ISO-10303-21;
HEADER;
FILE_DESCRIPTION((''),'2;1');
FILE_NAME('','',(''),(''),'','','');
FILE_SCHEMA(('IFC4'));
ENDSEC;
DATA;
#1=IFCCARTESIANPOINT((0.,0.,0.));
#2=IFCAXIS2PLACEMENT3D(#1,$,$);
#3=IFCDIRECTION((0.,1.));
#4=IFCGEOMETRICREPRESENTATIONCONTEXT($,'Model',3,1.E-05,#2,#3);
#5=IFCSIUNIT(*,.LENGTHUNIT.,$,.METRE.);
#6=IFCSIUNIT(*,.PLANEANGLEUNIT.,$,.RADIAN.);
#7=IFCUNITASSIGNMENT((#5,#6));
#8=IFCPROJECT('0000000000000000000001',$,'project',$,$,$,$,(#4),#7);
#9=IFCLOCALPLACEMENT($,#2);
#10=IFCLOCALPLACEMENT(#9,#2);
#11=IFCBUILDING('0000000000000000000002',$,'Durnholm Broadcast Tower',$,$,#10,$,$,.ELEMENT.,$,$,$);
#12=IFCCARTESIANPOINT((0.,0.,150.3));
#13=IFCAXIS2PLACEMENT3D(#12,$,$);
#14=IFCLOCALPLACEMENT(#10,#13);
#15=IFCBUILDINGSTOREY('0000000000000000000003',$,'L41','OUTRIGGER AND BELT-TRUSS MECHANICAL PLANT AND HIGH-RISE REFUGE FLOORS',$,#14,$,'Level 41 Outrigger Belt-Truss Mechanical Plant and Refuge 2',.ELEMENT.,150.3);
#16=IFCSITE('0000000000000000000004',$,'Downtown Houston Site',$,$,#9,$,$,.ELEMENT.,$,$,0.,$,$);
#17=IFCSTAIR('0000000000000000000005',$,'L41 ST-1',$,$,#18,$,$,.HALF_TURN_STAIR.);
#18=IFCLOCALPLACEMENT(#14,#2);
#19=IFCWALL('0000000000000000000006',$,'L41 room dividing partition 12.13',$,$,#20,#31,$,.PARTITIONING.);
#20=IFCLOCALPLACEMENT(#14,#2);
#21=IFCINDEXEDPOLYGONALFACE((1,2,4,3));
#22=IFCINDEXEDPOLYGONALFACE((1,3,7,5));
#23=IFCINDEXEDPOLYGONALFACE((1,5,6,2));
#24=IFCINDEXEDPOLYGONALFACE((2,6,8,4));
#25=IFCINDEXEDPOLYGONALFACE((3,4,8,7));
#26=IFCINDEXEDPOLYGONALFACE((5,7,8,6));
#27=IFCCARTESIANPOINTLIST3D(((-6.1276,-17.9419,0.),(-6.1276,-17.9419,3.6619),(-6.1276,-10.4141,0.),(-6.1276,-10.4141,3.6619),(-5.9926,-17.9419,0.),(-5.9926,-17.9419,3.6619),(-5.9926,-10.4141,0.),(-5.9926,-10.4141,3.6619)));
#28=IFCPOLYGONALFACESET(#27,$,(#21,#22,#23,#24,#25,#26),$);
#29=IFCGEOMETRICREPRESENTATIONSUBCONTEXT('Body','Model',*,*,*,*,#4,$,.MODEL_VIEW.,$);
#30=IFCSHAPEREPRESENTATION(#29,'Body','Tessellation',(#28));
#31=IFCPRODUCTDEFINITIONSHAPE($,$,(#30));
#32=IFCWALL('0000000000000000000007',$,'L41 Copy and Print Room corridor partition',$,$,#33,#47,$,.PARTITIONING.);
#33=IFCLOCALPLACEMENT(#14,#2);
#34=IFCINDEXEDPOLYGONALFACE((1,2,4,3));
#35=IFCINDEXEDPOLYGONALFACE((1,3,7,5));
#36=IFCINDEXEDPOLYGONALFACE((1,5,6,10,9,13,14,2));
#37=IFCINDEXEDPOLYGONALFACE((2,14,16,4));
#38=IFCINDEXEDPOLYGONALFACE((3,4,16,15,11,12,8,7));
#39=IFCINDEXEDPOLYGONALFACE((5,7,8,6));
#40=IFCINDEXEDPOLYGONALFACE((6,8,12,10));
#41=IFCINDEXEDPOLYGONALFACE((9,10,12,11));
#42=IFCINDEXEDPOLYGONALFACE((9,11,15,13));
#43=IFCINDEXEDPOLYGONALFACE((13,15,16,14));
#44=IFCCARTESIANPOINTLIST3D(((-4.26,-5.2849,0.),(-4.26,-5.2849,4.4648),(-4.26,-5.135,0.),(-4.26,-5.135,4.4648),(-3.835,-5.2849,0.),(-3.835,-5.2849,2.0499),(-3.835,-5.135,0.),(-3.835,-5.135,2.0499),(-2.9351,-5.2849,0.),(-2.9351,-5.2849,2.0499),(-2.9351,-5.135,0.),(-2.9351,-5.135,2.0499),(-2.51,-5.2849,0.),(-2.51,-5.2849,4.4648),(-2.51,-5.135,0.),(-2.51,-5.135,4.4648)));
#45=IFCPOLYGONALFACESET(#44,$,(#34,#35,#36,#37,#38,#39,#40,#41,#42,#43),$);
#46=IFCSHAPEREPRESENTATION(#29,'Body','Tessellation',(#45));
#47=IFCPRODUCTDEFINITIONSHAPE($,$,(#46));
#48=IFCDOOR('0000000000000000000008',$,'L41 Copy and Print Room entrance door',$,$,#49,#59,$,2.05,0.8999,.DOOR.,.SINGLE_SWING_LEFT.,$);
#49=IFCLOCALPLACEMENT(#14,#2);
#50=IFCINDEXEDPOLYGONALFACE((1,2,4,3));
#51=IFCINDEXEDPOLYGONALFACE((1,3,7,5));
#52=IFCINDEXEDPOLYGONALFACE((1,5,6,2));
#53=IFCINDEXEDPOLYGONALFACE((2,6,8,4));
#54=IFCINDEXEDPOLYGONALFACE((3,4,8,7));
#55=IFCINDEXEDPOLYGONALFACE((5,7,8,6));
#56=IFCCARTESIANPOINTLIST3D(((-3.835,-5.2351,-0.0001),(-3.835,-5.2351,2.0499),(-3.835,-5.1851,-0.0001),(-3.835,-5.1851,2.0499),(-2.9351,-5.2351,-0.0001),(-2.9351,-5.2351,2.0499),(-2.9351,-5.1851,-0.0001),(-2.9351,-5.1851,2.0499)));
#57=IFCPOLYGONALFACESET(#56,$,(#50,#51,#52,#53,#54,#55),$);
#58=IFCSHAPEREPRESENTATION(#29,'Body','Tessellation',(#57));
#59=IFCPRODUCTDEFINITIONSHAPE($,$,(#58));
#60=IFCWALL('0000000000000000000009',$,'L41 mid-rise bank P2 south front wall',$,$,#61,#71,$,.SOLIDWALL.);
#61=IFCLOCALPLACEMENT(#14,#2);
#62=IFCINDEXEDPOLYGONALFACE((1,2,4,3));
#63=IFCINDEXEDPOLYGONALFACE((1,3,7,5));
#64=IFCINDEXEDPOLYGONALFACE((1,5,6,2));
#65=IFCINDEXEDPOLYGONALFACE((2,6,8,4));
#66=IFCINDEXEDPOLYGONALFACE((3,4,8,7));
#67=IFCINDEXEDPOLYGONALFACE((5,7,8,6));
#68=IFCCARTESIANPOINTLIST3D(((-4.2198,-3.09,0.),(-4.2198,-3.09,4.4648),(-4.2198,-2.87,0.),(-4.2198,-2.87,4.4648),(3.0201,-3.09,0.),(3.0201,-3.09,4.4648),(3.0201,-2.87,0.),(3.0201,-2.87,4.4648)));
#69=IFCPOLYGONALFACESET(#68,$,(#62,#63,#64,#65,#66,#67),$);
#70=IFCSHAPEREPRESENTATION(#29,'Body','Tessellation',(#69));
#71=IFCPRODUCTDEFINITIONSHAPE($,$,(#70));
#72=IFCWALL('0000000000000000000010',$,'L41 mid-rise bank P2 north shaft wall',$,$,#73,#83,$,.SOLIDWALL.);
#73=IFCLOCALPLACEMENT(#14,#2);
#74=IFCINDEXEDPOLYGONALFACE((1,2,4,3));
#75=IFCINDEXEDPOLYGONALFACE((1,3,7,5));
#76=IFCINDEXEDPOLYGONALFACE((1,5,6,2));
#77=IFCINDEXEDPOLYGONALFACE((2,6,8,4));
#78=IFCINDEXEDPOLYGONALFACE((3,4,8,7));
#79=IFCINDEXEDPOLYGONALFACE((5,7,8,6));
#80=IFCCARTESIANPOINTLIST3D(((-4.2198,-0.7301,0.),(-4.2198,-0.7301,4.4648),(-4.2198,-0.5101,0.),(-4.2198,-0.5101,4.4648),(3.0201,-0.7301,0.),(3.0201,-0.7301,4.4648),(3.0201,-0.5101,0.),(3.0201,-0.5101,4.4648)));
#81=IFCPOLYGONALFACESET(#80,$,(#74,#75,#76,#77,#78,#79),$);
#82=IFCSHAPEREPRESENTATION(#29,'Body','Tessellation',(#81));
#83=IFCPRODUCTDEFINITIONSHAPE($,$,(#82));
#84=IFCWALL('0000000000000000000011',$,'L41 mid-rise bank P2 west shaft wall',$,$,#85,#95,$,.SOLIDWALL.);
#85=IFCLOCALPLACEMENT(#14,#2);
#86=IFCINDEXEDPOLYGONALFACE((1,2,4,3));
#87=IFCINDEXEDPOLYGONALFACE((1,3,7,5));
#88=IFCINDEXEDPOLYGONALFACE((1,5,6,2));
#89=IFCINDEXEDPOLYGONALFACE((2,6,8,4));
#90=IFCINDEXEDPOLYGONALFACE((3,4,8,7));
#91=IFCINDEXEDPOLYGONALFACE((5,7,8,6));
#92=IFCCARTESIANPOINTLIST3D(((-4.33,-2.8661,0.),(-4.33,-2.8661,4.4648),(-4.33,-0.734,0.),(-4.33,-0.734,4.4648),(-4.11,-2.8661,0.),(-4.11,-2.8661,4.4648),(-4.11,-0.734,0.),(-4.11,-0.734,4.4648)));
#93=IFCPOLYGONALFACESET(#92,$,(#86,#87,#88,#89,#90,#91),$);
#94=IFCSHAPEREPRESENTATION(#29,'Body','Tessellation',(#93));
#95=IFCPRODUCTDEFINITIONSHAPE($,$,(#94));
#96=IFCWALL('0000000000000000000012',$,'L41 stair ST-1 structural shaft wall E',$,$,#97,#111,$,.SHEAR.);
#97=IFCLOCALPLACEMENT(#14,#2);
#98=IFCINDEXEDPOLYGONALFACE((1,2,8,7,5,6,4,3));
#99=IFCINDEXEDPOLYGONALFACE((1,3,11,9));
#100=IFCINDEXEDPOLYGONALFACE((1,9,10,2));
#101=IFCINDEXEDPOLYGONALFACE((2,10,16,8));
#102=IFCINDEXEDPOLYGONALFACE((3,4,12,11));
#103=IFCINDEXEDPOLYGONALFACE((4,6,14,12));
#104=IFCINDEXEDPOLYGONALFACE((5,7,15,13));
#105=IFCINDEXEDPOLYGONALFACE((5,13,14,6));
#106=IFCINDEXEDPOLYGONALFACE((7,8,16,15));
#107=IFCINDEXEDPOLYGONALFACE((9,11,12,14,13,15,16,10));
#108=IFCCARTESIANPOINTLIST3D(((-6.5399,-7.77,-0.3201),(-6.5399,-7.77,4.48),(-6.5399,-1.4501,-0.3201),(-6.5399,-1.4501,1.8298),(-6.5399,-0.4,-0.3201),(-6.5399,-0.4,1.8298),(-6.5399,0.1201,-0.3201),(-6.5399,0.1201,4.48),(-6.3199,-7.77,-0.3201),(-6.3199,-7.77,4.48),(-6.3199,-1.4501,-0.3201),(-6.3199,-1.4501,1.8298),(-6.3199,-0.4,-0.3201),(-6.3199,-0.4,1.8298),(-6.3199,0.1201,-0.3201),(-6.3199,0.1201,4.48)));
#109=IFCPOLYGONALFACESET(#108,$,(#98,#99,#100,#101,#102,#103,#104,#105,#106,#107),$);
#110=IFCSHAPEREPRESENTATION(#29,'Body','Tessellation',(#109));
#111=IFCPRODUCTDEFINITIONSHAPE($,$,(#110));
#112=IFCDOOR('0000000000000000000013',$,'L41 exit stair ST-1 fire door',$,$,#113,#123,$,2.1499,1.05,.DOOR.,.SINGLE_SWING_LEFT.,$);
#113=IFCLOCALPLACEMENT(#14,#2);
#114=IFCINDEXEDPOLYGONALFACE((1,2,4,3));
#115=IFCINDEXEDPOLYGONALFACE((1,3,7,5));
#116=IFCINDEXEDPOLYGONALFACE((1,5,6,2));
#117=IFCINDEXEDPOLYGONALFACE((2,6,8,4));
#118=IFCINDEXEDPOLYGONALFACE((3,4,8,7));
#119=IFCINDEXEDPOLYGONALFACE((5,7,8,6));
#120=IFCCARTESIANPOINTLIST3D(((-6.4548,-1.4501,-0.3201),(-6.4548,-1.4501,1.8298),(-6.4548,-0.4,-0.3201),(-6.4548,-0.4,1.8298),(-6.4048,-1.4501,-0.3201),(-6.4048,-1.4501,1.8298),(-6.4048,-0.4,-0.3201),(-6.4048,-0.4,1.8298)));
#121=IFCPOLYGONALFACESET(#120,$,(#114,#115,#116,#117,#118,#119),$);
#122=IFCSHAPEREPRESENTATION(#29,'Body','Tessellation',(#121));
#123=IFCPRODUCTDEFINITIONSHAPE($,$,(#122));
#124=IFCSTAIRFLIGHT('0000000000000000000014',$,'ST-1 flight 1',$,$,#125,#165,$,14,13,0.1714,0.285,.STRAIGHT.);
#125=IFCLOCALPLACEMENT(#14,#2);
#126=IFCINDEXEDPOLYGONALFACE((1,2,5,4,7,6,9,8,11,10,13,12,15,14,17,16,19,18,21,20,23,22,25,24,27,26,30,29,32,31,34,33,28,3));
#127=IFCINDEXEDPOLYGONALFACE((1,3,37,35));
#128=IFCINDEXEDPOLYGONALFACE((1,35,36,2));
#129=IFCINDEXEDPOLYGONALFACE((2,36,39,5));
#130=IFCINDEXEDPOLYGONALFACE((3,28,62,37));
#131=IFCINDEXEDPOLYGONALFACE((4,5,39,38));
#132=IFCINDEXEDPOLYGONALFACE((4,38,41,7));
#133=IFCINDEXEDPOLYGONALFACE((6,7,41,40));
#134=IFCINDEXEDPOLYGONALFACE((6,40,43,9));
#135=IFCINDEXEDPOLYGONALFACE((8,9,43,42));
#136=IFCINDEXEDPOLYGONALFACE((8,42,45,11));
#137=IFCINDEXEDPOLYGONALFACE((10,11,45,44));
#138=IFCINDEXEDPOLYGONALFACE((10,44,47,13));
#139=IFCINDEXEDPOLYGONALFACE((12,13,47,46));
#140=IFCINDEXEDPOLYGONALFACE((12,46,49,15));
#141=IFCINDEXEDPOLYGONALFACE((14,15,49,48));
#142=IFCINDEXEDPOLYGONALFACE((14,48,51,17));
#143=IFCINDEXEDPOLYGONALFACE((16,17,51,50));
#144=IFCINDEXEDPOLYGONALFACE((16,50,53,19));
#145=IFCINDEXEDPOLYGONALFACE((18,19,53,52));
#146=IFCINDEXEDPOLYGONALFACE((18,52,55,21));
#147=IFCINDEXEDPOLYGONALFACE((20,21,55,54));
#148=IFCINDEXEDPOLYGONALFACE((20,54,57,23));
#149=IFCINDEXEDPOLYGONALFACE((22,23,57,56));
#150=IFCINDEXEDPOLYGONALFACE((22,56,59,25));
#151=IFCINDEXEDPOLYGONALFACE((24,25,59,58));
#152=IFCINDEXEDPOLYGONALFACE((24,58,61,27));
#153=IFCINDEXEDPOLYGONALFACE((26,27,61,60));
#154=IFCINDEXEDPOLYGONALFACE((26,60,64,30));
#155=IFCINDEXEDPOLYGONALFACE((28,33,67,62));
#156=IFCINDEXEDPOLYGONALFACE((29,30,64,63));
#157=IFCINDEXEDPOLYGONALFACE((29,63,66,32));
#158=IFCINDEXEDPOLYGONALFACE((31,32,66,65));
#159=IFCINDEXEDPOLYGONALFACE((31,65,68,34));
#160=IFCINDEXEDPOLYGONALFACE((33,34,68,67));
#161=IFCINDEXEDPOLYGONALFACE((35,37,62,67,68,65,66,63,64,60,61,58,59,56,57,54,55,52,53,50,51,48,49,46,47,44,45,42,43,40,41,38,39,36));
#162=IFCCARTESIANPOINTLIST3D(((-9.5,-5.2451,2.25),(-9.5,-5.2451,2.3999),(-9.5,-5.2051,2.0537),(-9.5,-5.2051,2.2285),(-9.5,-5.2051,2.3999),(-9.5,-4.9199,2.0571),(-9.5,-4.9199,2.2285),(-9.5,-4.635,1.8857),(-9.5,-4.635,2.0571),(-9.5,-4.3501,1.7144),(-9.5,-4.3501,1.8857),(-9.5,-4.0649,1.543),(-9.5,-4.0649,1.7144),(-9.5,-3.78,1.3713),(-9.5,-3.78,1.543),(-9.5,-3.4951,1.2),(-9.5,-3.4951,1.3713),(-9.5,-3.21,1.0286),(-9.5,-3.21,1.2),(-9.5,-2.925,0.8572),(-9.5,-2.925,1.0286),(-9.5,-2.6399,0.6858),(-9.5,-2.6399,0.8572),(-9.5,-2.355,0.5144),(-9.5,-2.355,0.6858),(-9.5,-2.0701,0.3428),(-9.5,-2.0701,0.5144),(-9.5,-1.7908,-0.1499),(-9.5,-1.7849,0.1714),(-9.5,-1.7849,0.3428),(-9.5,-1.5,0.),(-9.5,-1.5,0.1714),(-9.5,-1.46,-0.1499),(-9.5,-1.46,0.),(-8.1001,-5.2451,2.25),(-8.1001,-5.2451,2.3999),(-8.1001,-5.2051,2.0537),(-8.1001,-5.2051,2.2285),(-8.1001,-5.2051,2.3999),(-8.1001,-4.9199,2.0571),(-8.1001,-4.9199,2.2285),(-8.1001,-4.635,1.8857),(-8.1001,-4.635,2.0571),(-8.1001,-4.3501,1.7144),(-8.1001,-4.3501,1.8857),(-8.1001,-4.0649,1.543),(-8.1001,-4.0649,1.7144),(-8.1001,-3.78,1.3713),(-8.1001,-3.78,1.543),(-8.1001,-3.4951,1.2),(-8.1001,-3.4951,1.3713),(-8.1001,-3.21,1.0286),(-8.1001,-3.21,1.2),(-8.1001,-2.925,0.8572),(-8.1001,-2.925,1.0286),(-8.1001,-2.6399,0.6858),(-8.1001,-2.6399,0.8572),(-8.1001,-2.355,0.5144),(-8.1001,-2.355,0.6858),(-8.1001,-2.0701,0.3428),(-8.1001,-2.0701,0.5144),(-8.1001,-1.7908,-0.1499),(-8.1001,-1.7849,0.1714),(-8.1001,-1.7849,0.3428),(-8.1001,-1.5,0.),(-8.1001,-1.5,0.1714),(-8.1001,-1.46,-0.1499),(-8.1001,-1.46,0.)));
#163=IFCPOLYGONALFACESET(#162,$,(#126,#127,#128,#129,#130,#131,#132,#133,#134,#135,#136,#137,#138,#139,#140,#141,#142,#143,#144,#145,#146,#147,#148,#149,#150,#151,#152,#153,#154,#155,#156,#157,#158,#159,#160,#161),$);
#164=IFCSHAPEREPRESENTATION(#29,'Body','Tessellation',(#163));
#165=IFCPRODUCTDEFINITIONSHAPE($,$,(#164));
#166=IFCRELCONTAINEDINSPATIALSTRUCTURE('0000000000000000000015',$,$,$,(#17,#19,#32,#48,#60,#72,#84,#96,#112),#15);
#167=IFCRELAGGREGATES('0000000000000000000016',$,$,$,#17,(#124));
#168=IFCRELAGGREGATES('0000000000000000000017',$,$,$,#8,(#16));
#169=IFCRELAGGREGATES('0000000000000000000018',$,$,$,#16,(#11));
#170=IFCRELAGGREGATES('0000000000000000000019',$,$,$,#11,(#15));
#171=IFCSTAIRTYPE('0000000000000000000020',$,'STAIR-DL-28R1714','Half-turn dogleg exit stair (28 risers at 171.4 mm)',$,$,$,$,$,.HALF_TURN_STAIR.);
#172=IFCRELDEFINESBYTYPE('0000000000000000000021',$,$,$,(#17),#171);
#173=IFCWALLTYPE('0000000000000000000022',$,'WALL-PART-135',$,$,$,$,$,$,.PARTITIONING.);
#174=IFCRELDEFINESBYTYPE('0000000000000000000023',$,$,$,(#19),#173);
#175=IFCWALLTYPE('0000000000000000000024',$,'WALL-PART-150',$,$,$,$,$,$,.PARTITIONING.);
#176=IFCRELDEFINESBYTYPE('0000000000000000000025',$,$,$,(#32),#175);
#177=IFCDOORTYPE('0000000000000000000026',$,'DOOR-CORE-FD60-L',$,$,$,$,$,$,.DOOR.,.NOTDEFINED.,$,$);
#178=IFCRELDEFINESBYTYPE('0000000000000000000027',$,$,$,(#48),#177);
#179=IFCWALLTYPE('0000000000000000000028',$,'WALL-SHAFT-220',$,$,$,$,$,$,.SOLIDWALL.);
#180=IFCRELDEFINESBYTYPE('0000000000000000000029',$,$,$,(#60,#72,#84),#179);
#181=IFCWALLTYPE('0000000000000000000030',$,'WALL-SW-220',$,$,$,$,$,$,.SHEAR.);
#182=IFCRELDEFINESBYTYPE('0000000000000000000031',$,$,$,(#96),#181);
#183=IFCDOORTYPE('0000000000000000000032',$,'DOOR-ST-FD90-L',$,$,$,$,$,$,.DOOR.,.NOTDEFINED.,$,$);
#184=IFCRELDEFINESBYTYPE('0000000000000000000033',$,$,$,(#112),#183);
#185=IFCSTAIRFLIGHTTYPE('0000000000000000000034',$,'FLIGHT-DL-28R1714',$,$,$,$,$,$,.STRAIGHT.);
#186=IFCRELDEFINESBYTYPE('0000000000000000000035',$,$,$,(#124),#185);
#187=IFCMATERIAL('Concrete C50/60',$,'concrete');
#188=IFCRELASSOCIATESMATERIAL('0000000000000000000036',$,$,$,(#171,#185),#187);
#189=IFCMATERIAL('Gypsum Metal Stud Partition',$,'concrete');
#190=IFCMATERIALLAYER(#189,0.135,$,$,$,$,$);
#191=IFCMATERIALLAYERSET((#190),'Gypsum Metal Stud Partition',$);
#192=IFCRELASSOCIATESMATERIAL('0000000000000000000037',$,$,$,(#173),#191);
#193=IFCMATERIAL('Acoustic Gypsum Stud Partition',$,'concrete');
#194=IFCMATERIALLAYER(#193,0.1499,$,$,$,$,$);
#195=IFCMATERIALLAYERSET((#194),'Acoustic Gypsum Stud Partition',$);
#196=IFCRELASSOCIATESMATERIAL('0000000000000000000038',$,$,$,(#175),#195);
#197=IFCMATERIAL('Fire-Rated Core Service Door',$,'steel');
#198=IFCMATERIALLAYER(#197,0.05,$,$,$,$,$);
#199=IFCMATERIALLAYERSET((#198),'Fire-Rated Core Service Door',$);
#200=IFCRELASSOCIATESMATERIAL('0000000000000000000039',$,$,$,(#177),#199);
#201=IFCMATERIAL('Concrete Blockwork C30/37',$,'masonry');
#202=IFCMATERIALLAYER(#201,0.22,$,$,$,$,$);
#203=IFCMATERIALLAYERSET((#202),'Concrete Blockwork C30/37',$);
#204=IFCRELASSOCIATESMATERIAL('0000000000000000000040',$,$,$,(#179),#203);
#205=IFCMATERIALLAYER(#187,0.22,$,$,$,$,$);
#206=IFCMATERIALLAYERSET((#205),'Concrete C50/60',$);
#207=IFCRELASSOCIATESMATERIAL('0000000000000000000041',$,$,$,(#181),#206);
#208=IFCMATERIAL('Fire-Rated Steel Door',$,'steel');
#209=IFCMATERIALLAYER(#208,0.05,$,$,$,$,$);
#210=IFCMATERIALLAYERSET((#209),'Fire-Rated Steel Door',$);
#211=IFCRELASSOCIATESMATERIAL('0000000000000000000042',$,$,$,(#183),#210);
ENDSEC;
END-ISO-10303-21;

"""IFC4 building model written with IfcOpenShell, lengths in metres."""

from ifc_helpers import new_model, si_unit, direction, frame, frame_2d, origin, place, context, subcontext, project, spatial, polyline, rectangle, outline, extrude, source, transform, mapped, material, layer, layer_set, type_object, type_shapes, element, fill, aggregate, save


model = new_model("IFC4")

# Units and contexts
model_context = context("Model", 3, precision=1e-05, world=origin(), true_north=direction((0.0, 1.0)))
body_context = subcontext(model_context, "Body", "Model", "MODEL_VIEW")
ifc_project = project(units=[si_unit("LENGTHUNIT", "METRE"), si_unit("PLANEANGLEUNIT", "RADIAN")], contexts=[model_context])

# Site, building, storey
site_placement = place(None, origin())
site = spatial("IfcSite", under=ifc_project, at=site_placement, Name="Downtown Houston Site", CompositionType="ELEMENT", RefElevation=0.0)
building_placement = place(site_placement, origin())
building = spatial("IfcBuilding", under=site, at=building_placement, Name="Durnholm Broadcast Tower", CompositionType="ELEMENT")
storey_placement = place(building_placement, frame((0.0, 0.0, 150.3)))
storey = spatial("IfcBuildingStorey", under=building, at=storey_placement, Name="L41", Description="OUTRIGGER AND BELT-TRUSS MECHANICAL PLANT AND HIGH-RISE REFUGE FLOORS", LongName="Level 41 Outrigger Belt-Truss Mechanical Plant and Refuge 2", CompositionType="ELEMENT", Elevation=150.3)

# Shared definitions
ifc_material_1 = material(Name="Concrete C50/60", Category="concrete")

# Stair
stair_type = type_object("IfcStairType", Name="STAIR-DL-28R1714", Description="Half-turn dogleg exit stair (28 risers at 171.4 mm)", PredefinedType="HALF_TURN_STAIR", material=ifc_material_1)
stair_placement = place(storey_placement, origin())
stair = element("IfcStair", 1, at=stair_placement, inside=storey, type_object=stair_type, Name="L41 ST-1", PredefinedType="HALF_TURN_STAIR")

# Shared definitions
ifc_material_2 = material(Name="Fire-Rated Core Service Door", Category="steel")

# Wall
ifc_material_3 = material(Name="Gypsum Metal Stud Partition", Category="concrete")
ifc_layer_1 = layer(ifc_material_3, 0.135)
ifc_layer_set_1 = layer_set([ifc_layer_1], Name="Gypsum Metal Stud Partition")
wall_type_1 = type_object("IfcWallType", Name="WALL-PART-135", PredefinedType="PARTITIONING", material=ifc_layer_set_1)
wall_1_placement = place(storey_placement, frame((-6.0601, -10.4141, 0.0), z_axis=(0.0, 0.0, 1.0), x_axis=(0.0, -1.0, 0.0)))
element("IfcWall", 2, at=wall_1_placement, inside=storey, type_object=wall_type_1, Name="L41 room dividing partition 12.13", PredefinedType="PARTITIONING", context=body_context, shape_type="SweptSolid", body=[
    extrude(rectangle(XDim=7.5278, YDim=0.135, at=frame_2d((3.7639, 0.0))), origin(), (0.0, 0.0, 1.0), 3.6619),
])

# Wall, opening, door
ifc_material_4 = material(Name="Acoustic Gypsum Stud Partition", Category="concrete")
ifc_layer_2 = layer(ifc_material_4, 0.1499)
ifc_layer_set_2 = layer_set([ifc_layer_2], Name="Acoustic Gypsum Stud Partition")
wall_type_2 = type_object("IfcWallType", Name="WALL-PART-150", PredefinedType="PARTITIONING", material=ifc_layer_set_2)
wall_2_placement = place(storey_placement, frame((-4.26, -5.21, 0.0), z_axis=(0.0, 0.0, 1.0), x_axis=(1.0, 0.0, 0.0)))
wall_2 = element("IfcWall", 3, at=wall_2_placement, inside=storey, type_object=wall_type_2, Name="L41 Copy and Print Room corridor partition", PredefinedType="PARTITIONING", context=body_context, shape_type="SweptSolid", body=[
    extrude(rectangle(XDim=1.75, YDim=0.1499, at=frame_2d((0.875, 0.0))), origin(), (0.0, 0.0, 1.0), 4.4648),
])
opening_1_placement = place(wall_2_placement, frame((0.425, 0.0, 0.0)))
opening_1 = element("IfcOpeningElement", 4, at=opening_1_placement, cuts=wall_2, PredefinedType="OPENING", context=body_context, shape_type="SweptSolid", body=[
    extrude(rectangle(XDim=0.8999, YDim=2.05, at=frame_2d((0.45, 1.0249))), frame((0.0, 0.085, 0.0), z_axis=(0.0, -1.0, 0.0), x_axis=(1.0, 0.0, 0.0)), (0.0, 0.0, 1.0), 0.1699),
])
ifc_layer_3 = layer(ifc_material_2, 0.05)
ifc_layer_set_3 = layer_set([ifc_layer_3], Name="Fire-Rated Core Service Door")
door_type_1 = type_object("IfcDoorType", Name="DOOR-CORE-FD60-L", OperationType="NOTDEFINED", PredefinedType="DOOR", material=ifc_layer_set_3)
shared_shape_1 = source(origin(), body_context, "Body", "SweptSolid", [
    extrude(rectangle(XDim=0.8999, YDim=2.05, at=frame_2d((0.45, 1.0249))), frame((0.0, 0.0249, 0.0), z_axis=(0.0, -1.0, 0.0), x_axis=(1.0, 0.0, 0.0)), (0.0, 0.0, 1.0), 0.05),
])
type_shapes(door_type_1, [shared_shape_1])
door_1_placement = place(opening_1_placement, origin())
door_1 = element("IfcDoor", 5, at=door_1_placement, inside=storey, type_object=door_type_1, Name="L41 Copy and Print Room entrance door", OperationType="SINGLE_SWING_LEFT", OverallHeight=2.05, OverallWidth=0.8999, PredefinedType="DOOR", context=body_context, shape_type="MappedRepresentation", body=[
    mapped(shared_shape_1, transform((0.0, 0.0, 0.0), x_axis=(1.0, 0.0, 0.0), y_axis=(0.0, 1.0, 0.0), z_axis=(0.0, 0.0, 1.0), scale=1.0)),
])
fill(opening_1, door_1)

# Walls
ifc_material_5 = material(Name="Concrete Blockwork C30/37", Category="masonry")
ifc_layer_4 = layer(ifc_material_5, 0.22)
ifc_layer_set_4 = layer_set([ifc_layer_4], Name="Concrete Blockwork C30/37")
wall_type_3 = type_object("IfcWallType", Name="WALL-SHAFT-220", PredefinedType="SOLIDWALL", material=ifc_layer_set_4)
for number, where, z_axis, x_axis, name in (
    (6, (-4.22, -2.98, 0.0), (0.0, 0.0, 1.0), (1.0, 0.0, 0.0), "L41 mid-rise bank P2 south front wall"),
    (7, (-4.22, -0.6201, 0.0), (0.0, 0.0, 1.0), (1.0, 0.0, 0.0), "L41 mid-rise bank P2 north shaft wall"),
):
    element("IfcWall", number, at=place(storey_placement, frame(where, z_axis=z_axis, x_axis=x_axis)), inside=storey, type_object=wall_type_3, Name=name, PredefinedType="SOLIDWALL", context=body_context, shape_type="SweptSolid", body=[
        extrude(rectangle(XDim=7.24, YDim=0.22, at=frame_2d((3.6201, 0.0))), origin(), (0.0, 0.0, 1.0), 4.4648),
    ])
wall_3_placement = place(storey_placement, frame((-4.22, -2.866, 0.0), z_axis=(0.0, 0.0, 1.0), x_axis=(0.0, 1.0, 0.0)))
element("IfcWall", 8, at=wall_3_placement, inside=storey, type_object=wall_type_3, Name="L41 mid-rise bank P2 west shaft wall", PredefinedType="SOLIDWALL", context=body_context, shape_type="SweptSolid", body=[
    extrude(rectangle(XDim=2.1321, YDim=0.22, at=frame_2d((1.0659, 0.0))), origin(), (0.0, 0.0, 1.0), 4.4648),
])

# Wall, opening, door
ifc_layer_5 = layer(ifc_material_1, 0.22)
ifc_layer_set_5 = layer_set([ifc_layer_5], Name="Concrete C50/60")
wall_type_4 = type_object("IfcWallType", Name="WALL-SW-220", PredefinedType="SHEAR", material=ifc_layer_set_5)
wall_4_placement = place(storey_placement, frame((-6.4299, -7.77, -0.3201), z_axis=(0.0, 0.0, 1.0), x_axis=(0.0, 1.0, 0.0)))
wall_4 = element("IfcWall", 9, at=wall_4_placement, inside=storey, type_object=wall_type_4, Name="L41 stair ST-1 structural shaft wall E", PredefinedType="SHEAR", context=body_context, shape_type="SweptSolid", body=[
    extrude(rectangle(XDim=7.8901, YDim=0.22, at=frame_2d((3.9451, 0.0))), origin(), (0.0, 0.0, 1.0), 4.8),
])
opening_2_placement = place(wall_4_placement, frame((6.3201, 0.0, 0.0)))
opening_2 = element("IfcOpeningElement", 10, at=opening_2_placement, cuts=wall_4, PredefinedType="OPENING", context=body_context, shape_type="SweptSolid", body=[
    extrude(rectangle(XDim=1.05, YDim=2.1499, at=frame_2d((0.5249, 1.075))), frame((0.0, 0.1201, 0.0), z_axis=(0.0, -1.0, 0.0), x_axis=(1.0, 0.0, 0.0)), (0.0, 0.0, 1.0), 0.24),
])
ifc_material_6 = material(Name="Fire-Rated Steel Door", Category="steel")
ifc_layer_6 = layer(ifc_material_6, 0.05)
ifc_layer_set_6 = layer_set([ifc_layer_6], Name="Fire-Rated Steel Door")
door_type_2 = type_object("IfcDoorType", Name="DOOR-ST-FD90-L", OperationType="NOTDEFINED", PredefinedType="DOOR", material=ifc_layer_set_6)
shared_shape_2 = source(origin(), body_context, "Body", "SweptSolid", [
    extrude(rectangle(XDim=1.05, YDim=2.1499, at=frame_2d((0.5249, 1.075))), frame((0.0, 0.0249, 0.0), z_axis=(0.0, -1.0, 0.0), x_axis=(1.0, 0.0, 0.0)), (0.0, 0.0, 1.0), 0.05),
])
type_shapes(door_type_2, [shared_shape_2])
door_2_placement = place(opening_2_placement, origin())
door_2 = element("IfcDoor", 11, at=door_2_placement, inside=storey, type_object=door_type_2, Name="L41 exit stair ST-1 fire door", OperationType="SINGLE_SWING_LEFT", OverallHeight=2.1499, OverallWidth=1.05, PredefinedType="DOOR", context=body_context, shape_type="MappedRepresentation", body=[
    mapped(shared_shape_2, transform((0.0, 0.0, 0.0), x_axis=(1.0, 0.0, 0.0), y_axis=(0.0, 1.0, 0.0), z_axis=(0.0, 0.0, 1.0), scale=1.0)),
])
fill(opening_2, door_2)

# Stair flight
stair_flight_type = type_object("IfcStairFlightType", Name="FLIGHT-DL-28R1714", PredefinedType="STRAIGHT", material=ifc_material_1)
stair_flight_1_placement = place(storey_placement, frame((-8.8, -1.5, 0.0), z_axis=(0.0, 0.0, 1.0), x_axis=(0.0, -1.0, 0.0)))
stair_flight_1 = element("IfcStairFlight", 12, at=stair_flight_1_placement, type_object=stair_flight_type, Name="ST-1 flight 1", NumberOfRisers=14, NumberOfTreads=13, PredefinedType="STRAIGHT", RiserHeight=0.1714, TreadLength=0.285, context=body_context, shape_type="SweptSolid", body=[
    extrude(outline(polyline([(-0.04, -0.1499), (-0.04, 0.0), (0.0, 0.0), (0.0, 0.1714), (0.2849, 0.1714), (0.2849, 0.3428), (0.5701, 0.3428), (0.5701, 0.5144), (0.855, 0.5144), (0.855, 0.6858), (1.1399, 0.6858), (1.1399, 0.8572), (1.425, 0.8572), (1.425, 1.0286), (1.71, 1.0286), (1.71, 1.2), (1.9951, 1.2), (1.9951, 1.3713), (2.28, 1.3713), (2.28, 1.543), (2.5649, 1.543), (2.5649, 1.7144), (2.8501, 1.7144), (2.8501, 1.8857), (3.135, 1.8857), (3.135, 2.0571), (3.4199, 2.0571), (3.4199, 2.2285), (3.7051, 2.2285), (3.7051, 2.3999), (3.7451, 2.3999), (3.7451, 2.25), (3.7051, 2.0537), (0.2908, -0.1499), (-0.04, -0.1499)])), frame((0.0, 0.7, 0.0), z_axis=(0.0, -1.0, 0.0), x_axis=(1.0, 0.0, 0.0)), (0.0, 0.0, 1.0), 1.3999),
])
aggregate(stair, [stair_flight_1])

save(model, "model.ifc")
